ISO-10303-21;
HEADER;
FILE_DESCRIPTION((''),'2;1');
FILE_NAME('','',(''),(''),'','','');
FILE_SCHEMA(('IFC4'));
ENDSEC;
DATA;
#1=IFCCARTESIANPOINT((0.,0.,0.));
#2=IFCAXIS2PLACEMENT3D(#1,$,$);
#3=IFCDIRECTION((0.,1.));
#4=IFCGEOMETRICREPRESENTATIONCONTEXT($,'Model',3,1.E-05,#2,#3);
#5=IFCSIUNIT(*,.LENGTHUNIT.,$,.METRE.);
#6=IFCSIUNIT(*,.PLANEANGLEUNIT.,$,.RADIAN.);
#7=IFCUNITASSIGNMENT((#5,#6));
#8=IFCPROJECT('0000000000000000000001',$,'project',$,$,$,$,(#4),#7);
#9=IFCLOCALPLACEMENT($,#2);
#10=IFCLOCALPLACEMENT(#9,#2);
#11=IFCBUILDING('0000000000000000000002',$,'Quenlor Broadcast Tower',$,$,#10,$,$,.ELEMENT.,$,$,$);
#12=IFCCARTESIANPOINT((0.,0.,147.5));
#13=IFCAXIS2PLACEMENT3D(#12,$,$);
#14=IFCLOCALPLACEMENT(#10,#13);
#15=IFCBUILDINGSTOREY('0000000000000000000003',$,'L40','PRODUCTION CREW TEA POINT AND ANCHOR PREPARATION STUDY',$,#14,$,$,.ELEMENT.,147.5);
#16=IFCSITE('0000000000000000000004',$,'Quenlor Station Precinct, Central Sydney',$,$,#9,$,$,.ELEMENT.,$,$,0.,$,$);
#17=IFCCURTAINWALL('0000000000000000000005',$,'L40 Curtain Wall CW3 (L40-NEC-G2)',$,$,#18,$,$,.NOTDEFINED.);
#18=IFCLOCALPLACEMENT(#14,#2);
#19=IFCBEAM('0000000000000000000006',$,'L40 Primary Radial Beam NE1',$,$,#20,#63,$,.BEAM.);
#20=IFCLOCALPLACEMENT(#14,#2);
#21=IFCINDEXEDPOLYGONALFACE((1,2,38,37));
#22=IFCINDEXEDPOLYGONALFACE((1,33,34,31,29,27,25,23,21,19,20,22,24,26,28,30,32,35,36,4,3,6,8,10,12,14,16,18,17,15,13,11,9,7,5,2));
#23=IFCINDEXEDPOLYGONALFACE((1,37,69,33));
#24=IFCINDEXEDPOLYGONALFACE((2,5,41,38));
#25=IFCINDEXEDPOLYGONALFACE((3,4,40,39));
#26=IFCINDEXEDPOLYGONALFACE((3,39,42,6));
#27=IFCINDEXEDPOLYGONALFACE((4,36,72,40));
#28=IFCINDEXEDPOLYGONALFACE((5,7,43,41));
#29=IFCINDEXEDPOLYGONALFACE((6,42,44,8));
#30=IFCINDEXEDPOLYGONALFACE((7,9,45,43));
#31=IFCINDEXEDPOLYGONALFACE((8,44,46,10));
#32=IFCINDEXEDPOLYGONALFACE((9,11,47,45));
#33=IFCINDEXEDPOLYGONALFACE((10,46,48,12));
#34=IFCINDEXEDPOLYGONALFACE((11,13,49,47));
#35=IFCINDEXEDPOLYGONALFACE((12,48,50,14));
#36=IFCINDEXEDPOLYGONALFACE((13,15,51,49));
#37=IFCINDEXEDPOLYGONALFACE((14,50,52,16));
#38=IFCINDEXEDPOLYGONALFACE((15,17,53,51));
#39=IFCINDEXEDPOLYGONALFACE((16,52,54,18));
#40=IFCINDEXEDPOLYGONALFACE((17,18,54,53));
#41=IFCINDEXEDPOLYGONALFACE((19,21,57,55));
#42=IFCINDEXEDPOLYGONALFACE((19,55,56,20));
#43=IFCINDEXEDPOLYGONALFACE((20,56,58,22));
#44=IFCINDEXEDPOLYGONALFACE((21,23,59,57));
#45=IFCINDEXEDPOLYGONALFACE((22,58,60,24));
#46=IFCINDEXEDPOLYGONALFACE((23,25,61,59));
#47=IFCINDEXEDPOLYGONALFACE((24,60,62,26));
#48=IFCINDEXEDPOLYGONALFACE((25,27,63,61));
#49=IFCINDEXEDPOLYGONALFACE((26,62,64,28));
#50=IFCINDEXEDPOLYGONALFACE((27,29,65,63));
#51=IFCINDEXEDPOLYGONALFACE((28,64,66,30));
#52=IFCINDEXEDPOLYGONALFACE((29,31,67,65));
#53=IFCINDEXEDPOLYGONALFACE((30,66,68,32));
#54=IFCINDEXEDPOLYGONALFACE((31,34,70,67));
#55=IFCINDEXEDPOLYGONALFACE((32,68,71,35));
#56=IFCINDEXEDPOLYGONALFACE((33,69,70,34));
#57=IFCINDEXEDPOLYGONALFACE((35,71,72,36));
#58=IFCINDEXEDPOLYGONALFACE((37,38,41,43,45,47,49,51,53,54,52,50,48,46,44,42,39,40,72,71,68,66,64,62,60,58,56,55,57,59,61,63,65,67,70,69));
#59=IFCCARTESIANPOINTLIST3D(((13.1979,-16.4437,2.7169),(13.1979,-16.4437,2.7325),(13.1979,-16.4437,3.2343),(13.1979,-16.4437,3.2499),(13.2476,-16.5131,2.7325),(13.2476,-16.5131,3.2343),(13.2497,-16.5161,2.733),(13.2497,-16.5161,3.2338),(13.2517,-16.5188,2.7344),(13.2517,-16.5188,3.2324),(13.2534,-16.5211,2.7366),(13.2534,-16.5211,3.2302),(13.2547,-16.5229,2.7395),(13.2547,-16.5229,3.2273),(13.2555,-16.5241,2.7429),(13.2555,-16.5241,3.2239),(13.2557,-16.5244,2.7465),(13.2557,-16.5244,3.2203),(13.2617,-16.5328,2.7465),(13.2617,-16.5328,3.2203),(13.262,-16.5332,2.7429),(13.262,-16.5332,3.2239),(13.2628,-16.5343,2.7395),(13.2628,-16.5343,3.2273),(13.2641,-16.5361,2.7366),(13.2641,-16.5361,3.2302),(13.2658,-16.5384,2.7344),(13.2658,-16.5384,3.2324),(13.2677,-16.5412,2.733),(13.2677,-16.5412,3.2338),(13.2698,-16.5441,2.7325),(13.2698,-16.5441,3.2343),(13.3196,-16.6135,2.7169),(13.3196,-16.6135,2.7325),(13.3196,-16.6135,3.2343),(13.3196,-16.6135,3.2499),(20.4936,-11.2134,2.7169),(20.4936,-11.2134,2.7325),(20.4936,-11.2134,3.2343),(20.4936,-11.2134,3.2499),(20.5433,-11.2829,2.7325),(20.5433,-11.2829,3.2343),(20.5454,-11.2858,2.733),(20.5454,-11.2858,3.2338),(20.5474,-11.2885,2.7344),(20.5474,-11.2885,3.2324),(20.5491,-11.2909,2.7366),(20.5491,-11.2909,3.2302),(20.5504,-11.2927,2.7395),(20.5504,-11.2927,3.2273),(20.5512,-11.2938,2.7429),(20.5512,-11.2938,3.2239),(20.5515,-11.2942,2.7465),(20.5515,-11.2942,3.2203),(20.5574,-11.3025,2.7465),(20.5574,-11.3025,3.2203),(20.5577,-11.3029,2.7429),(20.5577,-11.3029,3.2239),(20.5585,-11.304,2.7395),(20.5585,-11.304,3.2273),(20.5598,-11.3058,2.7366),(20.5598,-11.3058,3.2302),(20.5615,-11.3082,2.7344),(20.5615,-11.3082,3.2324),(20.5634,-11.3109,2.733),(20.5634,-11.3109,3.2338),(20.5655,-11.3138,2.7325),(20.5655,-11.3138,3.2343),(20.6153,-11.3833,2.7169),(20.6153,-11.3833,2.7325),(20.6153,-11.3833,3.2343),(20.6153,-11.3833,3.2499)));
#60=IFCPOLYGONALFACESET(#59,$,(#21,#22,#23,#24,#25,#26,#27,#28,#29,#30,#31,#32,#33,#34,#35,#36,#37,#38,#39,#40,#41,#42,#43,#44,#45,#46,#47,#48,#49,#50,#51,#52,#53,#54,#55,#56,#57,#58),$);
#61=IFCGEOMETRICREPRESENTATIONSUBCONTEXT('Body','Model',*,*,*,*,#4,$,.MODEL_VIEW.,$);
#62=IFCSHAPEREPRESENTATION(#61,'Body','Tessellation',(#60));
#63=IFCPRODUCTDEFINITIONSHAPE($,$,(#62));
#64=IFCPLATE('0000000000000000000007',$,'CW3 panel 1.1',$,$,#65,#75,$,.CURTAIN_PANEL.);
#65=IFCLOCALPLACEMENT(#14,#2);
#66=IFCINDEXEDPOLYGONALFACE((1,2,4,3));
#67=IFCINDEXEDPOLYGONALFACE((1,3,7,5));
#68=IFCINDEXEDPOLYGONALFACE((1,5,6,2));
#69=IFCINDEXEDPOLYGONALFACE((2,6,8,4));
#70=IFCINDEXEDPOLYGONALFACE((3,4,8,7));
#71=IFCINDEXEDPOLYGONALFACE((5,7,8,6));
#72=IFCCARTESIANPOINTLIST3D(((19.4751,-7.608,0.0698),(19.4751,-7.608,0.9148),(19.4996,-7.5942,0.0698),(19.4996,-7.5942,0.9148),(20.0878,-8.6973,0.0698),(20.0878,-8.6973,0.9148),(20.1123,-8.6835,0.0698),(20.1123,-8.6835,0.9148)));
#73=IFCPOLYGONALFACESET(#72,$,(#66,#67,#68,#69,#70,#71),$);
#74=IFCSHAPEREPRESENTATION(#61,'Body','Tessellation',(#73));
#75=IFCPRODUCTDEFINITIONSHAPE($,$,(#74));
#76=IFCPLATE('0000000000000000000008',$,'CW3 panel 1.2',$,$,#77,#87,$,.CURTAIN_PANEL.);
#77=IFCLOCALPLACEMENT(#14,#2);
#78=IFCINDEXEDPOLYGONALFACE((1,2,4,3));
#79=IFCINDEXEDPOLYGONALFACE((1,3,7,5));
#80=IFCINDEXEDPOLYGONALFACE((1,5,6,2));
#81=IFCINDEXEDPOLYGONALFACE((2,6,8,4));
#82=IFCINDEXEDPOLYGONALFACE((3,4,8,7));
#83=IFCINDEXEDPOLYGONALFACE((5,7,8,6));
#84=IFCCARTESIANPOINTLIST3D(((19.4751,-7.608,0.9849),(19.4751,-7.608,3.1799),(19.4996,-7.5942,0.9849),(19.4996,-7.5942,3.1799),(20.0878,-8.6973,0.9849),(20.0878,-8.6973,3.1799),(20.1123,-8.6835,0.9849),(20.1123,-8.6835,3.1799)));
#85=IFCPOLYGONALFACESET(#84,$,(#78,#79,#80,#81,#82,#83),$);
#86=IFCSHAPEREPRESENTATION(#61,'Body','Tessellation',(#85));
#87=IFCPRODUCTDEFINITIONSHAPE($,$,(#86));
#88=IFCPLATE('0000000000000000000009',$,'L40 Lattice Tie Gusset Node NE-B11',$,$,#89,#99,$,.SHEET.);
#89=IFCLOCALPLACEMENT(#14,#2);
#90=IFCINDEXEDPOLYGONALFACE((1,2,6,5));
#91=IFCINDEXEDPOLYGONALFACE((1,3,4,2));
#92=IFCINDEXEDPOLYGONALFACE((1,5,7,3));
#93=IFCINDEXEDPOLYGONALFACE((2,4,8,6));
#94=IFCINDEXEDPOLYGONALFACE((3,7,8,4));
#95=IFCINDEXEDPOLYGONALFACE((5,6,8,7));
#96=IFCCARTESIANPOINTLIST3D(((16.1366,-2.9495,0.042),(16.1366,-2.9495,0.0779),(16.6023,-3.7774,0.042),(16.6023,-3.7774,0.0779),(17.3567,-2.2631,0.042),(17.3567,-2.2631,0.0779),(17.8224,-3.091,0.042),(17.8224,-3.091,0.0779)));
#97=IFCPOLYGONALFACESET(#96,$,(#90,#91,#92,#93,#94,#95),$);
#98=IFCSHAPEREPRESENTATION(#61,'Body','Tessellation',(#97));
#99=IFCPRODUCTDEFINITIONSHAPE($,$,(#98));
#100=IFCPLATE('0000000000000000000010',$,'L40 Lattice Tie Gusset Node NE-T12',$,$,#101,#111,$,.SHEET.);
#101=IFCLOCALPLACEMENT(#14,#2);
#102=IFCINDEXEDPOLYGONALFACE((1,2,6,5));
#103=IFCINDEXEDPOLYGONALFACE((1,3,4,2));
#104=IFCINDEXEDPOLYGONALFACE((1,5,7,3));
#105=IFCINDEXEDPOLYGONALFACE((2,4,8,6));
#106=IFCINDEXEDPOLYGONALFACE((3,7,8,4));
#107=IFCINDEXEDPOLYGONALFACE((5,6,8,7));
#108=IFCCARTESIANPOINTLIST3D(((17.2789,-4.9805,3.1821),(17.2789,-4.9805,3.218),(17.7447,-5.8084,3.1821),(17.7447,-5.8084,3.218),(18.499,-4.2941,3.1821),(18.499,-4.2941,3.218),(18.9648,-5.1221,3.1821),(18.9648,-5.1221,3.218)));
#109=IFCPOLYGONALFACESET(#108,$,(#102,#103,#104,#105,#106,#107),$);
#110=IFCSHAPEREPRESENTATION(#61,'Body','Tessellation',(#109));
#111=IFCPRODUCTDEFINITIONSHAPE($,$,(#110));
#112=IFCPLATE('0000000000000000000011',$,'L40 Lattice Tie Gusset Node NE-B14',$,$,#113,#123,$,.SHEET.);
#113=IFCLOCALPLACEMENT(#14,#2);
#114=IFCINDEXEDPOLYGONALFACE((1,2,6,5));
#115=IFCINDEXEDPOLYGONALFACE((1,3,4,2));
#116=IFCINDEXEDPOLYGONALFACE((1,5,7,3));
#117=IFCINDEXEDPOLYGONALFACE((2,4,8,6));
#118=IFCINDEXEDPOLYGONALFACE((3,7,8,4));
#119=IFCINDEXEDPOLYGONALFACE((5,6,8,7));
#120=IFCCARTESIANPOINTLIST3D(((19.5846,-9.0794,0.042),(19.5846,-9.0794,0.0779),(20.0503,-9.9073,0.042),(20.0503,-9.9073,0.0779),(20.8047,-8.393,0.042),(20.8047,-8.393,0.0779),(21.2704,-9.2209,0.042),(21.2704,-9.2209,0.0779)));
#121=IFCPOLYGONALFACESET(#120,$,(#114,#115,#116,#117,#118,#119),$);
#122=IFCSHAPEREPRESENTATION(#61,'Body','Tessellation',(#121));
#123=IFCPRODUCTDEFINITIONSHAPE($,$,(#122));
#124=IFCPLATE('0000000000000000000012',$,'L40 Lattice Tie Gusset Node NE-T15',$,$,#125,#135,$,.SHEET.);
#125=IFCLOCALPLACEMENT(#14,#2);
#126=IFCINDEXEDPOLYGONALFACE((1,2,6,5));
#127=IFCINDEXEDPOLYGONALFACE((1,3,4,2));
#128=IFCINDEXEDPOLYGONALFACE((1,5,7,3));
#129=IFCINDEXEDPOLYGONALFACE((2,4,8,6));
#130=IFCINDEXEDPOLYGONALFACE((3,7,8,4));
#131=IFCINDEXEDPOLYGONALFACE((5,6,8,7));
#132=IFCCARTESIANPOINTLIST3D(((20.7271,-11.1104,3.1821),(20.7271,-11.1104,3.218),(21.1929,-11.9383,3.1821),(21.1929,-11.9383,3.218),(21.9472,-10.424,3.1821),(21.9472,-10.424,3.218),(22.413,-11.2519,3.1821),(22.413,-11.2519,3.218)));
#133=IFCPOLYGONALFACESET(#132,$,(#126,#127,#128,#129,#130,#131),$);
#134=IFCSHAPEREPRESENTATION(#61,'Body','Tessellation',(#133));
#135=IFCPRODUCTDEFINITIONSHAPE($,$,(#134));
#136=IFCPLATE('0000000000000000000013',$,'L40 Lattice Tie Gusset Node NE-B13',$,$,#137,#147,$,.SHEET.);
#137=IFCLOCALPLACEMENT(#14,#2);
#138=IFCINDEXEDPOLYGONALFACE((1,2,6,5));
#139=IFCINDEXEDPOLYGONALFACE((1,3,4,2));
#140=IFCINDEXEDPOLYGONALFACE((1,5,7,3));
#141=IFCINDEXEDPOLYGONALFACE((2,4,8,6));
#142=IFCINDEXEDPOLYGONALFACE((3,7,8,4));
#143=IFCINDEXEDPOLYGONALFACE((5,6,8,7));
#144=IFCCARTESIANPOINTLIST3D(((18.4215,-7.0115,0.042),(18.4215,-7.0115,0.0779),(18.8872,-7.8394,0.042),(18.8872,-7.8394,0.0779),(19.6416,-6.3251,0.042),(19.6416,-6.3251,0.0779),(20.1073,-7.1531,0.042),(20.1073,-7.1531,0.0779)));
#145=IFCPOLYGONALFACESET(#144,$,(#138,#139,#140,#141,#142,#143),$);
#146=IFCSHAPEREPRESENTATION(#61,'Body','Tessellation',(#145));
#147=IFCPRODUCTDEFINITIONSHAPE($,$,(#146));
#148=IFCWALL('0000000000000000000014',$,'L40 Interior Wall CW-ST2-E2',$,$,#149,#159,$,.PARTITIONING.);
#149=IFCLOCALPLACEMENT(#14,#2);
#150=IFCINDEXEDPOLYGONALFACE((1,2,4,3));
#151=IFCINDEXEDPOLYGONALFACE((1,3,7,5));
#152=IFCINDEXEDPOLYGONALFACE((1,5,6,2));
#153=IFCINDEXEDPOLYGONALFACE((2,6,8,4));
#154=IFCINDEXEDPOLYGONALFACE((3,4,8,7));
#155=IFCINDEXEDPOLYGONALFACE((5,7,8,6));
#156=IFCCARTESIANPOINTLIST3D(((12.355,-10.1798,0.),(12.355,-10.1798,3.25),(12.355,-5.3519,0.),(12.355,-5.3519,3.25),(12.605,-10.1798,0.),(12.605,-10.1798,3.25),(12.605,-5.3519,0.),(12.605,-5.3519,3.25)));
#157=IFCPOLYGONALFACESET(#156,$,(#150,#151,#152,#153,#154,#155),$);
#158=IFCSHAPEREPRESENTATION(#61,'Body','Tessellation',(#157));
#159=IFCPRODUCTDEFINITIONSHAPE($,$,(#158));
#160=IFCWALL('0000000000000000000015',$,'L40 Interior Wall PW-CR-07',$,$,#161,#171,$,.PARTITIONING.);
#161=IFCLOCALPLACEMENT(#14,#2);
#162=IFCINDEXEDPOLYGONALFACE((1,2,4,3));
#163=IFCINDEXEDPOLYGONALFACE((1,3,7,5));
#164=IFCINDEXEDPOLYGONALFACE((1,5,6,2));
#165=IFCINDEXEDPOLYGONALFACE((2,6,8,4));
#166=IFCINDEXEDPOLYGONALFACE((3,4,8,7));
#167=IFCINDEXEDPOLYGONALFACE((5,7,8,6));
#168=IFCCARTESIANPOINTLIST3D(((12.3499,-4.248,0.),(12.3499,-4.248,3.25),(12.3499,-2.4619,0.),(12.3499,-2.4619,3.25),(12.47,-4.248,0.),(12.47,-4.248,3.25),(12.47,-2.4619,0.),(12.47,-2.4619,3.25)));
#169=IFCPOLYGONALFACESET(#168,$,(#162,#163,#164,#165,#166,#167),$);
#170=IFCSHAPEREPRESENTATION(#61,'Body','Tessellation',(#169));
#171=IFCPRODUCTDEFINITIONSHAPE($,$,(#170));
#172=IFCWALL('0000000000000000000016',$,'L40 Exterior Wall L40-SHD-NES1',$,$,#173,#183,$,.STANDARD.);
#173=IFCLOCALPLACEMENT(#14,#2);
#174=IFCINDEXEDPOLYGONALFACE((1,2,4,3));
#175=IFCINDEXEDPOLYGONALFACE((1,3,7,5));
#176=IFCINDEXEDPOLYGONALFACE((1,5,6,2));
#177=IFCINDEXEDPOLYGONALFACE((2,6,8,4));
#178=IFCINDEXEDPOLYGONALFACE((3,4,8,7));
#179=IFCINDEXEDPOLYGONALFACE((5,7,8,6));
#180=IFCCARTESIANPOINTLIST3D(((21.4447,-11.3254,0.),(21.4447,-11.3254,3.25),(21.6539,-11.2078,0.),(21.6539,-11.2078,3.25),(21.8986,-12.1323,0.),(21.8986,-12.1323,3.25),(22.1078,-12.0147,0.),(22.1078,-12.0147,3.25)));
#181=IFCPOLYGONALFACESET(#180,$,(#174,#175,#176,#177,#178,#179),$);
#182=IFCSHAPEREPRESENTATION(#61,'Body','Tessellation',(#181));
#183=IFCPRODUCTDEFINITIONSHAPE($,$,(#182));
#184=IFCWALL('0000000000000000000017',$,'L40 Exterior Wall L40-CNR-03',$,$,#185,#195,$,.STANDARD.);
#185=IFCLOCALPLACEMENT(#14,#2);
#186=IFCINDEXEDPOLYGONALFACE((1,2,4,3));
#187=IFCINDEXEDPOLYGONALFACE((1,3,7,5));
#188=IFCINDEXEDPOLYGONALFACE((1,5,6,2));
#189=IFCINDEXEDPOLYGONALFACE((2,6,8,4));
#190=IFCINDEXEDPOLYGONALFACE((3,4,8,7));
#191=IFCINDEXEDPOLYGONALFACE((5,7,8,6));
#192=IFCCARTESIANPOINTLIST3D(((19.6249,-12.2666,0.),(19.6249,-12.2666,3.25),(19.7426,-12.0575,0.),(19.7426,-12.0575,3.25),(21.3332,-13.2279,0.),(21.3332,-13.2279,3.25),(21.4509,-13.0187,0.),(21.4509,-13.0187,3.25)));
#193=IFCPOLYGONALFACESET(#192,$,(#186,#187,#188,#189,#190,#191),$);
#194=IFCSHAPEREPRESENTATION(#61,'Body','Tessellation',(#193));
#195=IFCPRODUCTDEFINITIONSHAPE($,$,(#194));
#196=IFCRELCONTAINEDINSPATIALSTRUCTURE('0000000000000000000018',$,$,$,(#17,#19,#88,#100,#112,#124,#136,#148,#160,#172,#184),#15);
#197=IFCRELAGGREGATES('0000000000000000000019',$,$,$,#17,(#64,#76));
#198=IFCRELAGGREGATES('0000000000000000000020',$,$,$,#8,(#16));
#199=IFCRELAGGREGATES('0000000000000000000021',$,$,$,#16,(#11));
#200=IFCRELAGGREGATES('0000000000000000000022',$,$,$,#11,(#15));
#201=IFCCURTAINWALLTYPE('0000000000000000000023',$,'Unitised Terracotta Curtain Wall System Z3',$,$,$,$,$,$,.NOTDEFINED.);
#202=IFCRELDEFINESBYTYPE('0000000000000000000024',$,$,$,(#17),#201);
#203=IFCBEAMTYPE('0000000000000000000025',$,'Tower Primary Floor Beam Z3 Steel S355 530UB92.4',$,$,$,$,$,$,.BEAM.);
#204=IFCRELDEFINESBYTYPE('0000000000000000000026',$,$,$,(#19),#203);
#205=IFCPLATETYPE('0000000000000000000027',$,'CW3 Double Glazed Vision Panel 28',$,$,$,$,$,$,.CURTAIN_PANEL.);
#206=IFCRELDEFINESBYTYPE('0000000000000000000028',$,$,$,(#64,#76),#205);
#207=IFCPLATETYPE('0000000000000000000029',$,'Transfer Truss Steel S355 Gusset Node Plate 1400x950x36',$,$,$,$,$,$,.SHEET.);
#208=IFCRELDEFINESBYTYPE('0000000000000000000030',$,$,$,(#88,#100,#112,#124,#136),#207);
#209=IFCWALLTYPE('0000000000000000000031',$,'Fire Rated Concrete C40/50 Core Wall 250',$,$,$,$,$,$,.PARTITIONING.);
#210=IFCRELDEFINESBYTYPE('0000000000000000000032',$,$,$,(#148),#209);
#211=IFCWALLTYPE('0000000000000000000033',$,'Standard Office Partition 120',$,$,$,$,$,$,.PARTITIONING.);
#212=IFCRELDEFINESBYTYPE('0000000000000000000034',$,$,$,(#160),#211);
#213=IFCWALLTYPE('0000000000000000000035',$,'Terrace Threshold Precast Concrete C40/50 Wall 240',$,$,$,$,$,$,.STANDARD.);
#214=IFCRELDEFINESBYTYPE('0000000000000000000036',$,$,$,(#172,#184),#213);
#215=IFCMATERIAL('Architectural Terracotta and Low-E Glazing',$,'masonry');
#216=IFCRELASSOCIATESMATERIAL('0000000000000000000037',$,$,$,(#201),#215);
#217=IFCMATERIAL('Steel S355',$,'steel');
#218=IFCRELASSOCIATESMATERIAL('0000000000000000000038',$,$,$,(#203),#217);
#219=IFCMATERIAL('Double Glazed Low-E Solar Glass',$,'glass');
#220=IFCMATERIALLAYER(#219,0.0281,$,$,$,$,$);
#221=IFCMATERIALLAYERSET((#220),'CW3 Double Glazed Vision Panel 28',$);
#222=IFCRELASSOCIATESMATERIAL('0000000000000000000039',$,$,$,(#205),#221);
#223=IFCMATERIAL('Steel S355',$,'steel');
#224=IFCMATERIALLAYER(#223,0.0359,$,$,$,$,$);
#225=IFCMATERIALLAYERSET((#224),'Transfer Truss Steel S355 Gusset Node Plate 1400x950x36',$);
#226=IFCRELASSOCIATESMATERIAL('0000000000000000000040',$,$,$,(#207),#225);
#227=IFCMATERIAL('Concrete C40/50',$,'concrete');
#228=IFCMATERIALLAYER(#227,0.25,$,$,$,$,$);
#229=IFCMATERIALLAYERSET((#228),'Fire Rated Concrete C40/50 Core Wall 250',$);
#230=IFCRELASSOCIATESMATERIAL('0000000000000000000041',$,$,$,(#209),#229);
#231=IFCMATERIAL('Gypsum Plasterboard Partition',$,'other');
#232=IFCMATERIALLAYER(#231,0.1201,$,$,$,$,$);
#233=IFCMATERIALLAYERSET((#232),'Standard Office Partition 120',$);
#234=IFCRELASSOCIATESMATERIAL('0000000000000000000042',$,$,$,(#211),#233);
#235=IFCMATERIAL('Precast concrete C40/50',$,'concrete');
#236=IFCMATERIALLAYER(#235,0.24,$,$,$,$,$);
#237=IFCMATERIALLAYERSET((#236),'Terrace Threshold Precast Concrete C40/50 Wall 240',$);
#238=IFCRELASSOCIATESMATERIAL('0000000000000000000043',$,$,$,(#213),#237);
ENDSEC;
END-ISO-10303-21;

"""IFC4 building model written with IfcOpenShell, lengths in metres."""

from ifc_helpers import new_model, si_unit, direction, frame, frame_2d, origin, origin_2d, place, context, subcontext, project, spatial, rectangle, i_section, extrude, material, layer, layer_set, material_profile, profile_set, type_object, element, aggregate, save


model = new_model("IFC4")

# Units and contexts
model_context = context("Model", 3, precision=1e-05, world=origin(), true_north=direction((0.0, 1.0)))
body_context = subcontext(model_context, "Body", "Model", "MODEL_VIEW")
ifc_project = project(units=[si_unit("LENGTHUNIT", "METRE"), si_unit("PLANEANGLEUNIT", "RADIAN")], contexts=[model_context])

# Site, building, storey
site_placement = place(None, origin())
site = spatial("IfcSite", under=ifc_project, at=site_placement, Name="Quenlor Station Precinct, Central Sydney", CompositionType="ELEMENT", RefElevation=0.0)
building_placement = place(site_placement, origin())
building = spatial("IfcBuilding", under=site, at=building_placement, Name="Quenlor Broadcast Tower", CompositionType="ELEMENT")
storey_placement = place(building_placement, frame((0.0, 0.0, 147.5)))
storey = spatial("IfcBuildingStorey", under=building, at=storey_placement, Name="L40", Description="PRODUCTION CREW TEA POINT AND ANCHOR PREPARATION STUDY", CompositionType="ELEMENT", Elevation=147.5)

# Shared definitions
ifc_material_1 = material(Name="Architectural Terracotta and Low-E Glazing", Category="masonry")
curtain_wall_type = type_object("IfcCurtainWallType", Name="Unitised Terracotta Curtain Wall System Z3", PredefinedType="NOTDEFINED", material=ifc_material_1)

# Curtain wall
curtain_wall_1_placement = place(storey_placement, origin())
curtain_wall_1 = element("IfcCurtainWall", 1, at=curtain_wall_1_placement, inside=storey, type_object=curtain_wall_type, Name="L40 Curtain Wall CW3 (L40-NEC-G2)", PredefinedType="NOTDEFINED")

# Beam
ifc_material_2 = material(Name="Steel S355", Category="steel")
ifc_material_profile_1 = material_profile(ifc_material_2, i_section(OverallWidth=0.209, OverallDepth=0.533, WebThickness=0.0103, FlangeThickness=0.0156, FilletRadius=0.0139, at=origin_2d()))
ifc_profile_set_1 = profile_set([ifc_material_profile_1], Name="Steel S355 530UB92.4")
beam_type_1 = type_object("IfcBeamType", Name="Tower Primary Floor Beam Z3 Steel S355 530UB92.4", PredefinedType="BEAM", material=ifc_profile_set_1)
beam_1_placement = place(storey_placement, frame((20.5544, -11.2983, 2.9834), z_axis=(-0.812729, -0.582642, 0.0), x_axis=(0.582642, -0.812729, 0.0)))
element("IfcBeam", 2, at=beam_1_placement, inside=storey, type_object=beam_type_1, Name="L40 Primary Radial Beam NE1", PredefinedType="BEAM", context=body_context, shape_type="SweptSolid", body=[
    extrude(i_section(OverallWidth=0.209, OverallDepth=0.533, WebThickness=0.0103, FlangeThickness=0.0156, FilletRadius=0.0139, at=origin_2d()), origin(), (0.0, 0.0, 1.0), 8.9768),
])

# Plates
ifc_material_3 = material(Name="Double Glazed Low-E Solar Glass", Category="glass")
ifc_layer_1 = layer(ifc_material_3, 0.0281)
ifc_layer_set_1 = layer_set([ifc_layer_1], Name="CW3 Double Glazed Vision Panel 28")
plate_type_1 = type_object("IfcPlateType", Name="CW3 Double Glazed Vision Panel 28", PredefinedType="CURTAIN_PANEL", material=ifc_layer_set_1)
plate_1_placement = place(storey_placement, frame((19.7937, -8.1458, 0.0698), z_axis=(0.0, 0.0, 1.0), x_axis=(0.490261, -0.871576, 0.0)))
plate_1 = element("IfcPlate", 3, at=plate_1_placement, type_object=plate_type_1, Name="CW3 panel 1.1", PredefinedType="CURTAIN_PANEL", context=body_context, shape_type="SweptSolid", body=[
    extrude(rectangle(XDim=1.2498, YDim=0.0281, at=origin_2d()), origin(), (0.0, 0.0, 1.0), 0.845),
])
plate_2_placement = place(storey_placement, frame((19.7937, -8.1458, 0.9849), z_axis=(0.0, 0.0, 1.0), x_axis=(0.490261, -0.871576, 0.0)))
plate_2 = element("IfcPlate", 4, at=plate_2_placement, type_object=plate_type_1, Name="CW3 panel 1.2", PredefinedType="CURTAIN_PANEL", context=body_context, shape_type="SweptSolid", body=[
    extrude(rectangle(XDim=1.2498, YDim=0.0281, at=origin_2d()), origin(), (0.0, 0.0, 1.0), 2.1951),
])
aggregate(curtain_wall_1, [plate_1, plate_2])

# Plates
ifc_material_4 = material(Name="Steel S355", Category="steel")
ifc_layer_2 = layer(ifc_material_4, 0.0359)
ifc_layer_set_2 = layer_set([ifc_layer_2], Name="Transfer Truss Steel S355 Gusset Node Plate 1400x950x36")
plate_type_2 = type_object("IfcPlateType", Name="Transfer Truss Steel S355 Gusset Node Plate 1400x950x36", PredefinedType="SHEET", material=ifc_layer_set_2)
for number, where, z_axis, x_axis, name in (
    (5, (16.9795, -3.0203, 0.042), (0.0, 0.0, 1.0), (0.871556, 0.490295, 0.0), "L40 Lattice Tie Gusset Node NE-B11"),
    (6, (18.1218, -5.0513, 3.1821), (0.0, 0.0, 1.0), (0.871556, 0.490295, 0.0), "L40 Lattice Tie Gusset Node NE-T12"),
    (7, (20.4275, -9.1501, 0.042), (0.0, 0.0, 1.0), (0.871556, 0.490295, 0.0), "L40 Lattice Tie Gusset Node NE-B14"),
    (8, (21.5701, -11.1812, 3.1821), (0.0, 0.0, 1.0), (0.871556, 0.490295, 0.0), "L40 Lattice Tie Gusset Node NE-T15"),
    (9, (19.2644, -7.0823, 0.042), (0.0, 0.0, 1.0), (0.871556, 0.490295, 0.0), "L40 Lattice Tie Gusset Node NE-B13"),
):
    element("IfcPlate", number, at=place(storey_placement, frame(where, z_axis=z_axis, x_axis=x_axis)), inside=storey, type_object=plate_type_2, Name=name, PredefinedType="SHEET", context=body_context, shape_type="SweptSolid", body=[
        extrude(rectangle(XDim=1.3999, YDim=0.95, at=origin_2d()), origin(), (0.0, 0.0, 1.0), 0.0359),
    ])

# Walls
ifc_material_5 = material(Name="Concrete C40/50", Category="concrete")
ifc_layer_3 = layer(ifc_material_5, 0.25)
ifc_layer_set_3 = layer_set([ifc_layer_3], Name="Fire Rated Concrete C40/50 Core Wall 250")
wall_type_1 = type_object("IfcWallType", Name="Fire Rated Concrete C40/50 Core Wall 250", PredefinedType="PARTITIONING", material=ifc_layer_set_3)
wall_1_placement = place(storey_placement, frame((12.48, -10.1799, 0.0), z_axis=(0.0, 0.0, 1.0), x_axis=(0.0, 1.0, 0.0)))
element("IfcWall", 10, at=wall_1_placement, inside=storey, type_object=wall_type_1, Name="L40 Interior Wall CW-ST2-E2", PredefinedType="PARTITIONING", context=body_context, shape_type="SweptSolid", body=[
    extrude(rectangle(XDim=4.8279, YDim=0.25, at=frame_2d((2.4141, 0.0))), origin(), (0.0, 0.0, 1.0), 3.25),
])
ifc_material_6 = material(Name="Gypsum Plasterboard Partition", Category="other")
ifc_layer_4 = layer(ifc_material_6, 0.1201)
ifc_layer_set_4 = layer_set([ifc_layer_4], Name="Standard Office Partition 120")
wall_type_2 = type_object("IfcWallType", Name="Standard Office Partition 120", PredefinedType="PARTITIONING", material=ifc_layer_set_4)
wall_2_placement = place(storey_placement, frame((12.4099, -2.4619, 0.0), z_axis=(0.0, 0.0, 1.0), x_axis=(0.0, -1.0, 0.0)))
element("IfcWall", 11, at=wall_2_placement, inside=storey, type_object=wall_type_2, Name="L40 Interior Wall PW-CR-07", PredefinedType="PARTITIONING", context=body_context, shape_type="SweptSolid", body=[
    extrude(rectangle(XDim=1.7861, YDim=0.1201, at=frame_2d((0.8931, 0.0))), origin(), (0.0, 0.0, 1.0), 3.25),
])
ifc_material_7 = material(Name="Precast concrete C40/50", Category="concrete")
ifc_layer_5 = layer(ifc_material_7, 0.24)
ifc_layer_set_5 = layer_set([ifc_layer_5], Name="Terrace Threshold Precast Concrete C40/50 Wall 240")
wall_type_3 = type_object("IfcWallType", Name="Terrace Threshold Precast Concrete C40/50 Wall 240", PredefinedType="STANDARD", material=ifc_layer_set_5)
wall_3_placement = place(storey_placement, frame((21.5493, -11.2666, 0.0), z_axis=(0.0, 0.0, 1.0), x_axis=(0.490249, -0.871583, 0.0)))
element("IfcWall", 12, at=wall_3_placement, inside=storey, type_object=wall_type_3, Name="L40 Exterior Wall L40-SHD-NES1", PredefinedType="STANDARD", context=body_context, shape_type="SweptSolid", body=[
    extrude(rectangle(XDim=0.9258, YDim=0.24, at=frame_2d((0.4629, 0.0))), origin(), (0.0, 0.0, 1.0), 3.25),
])
wall_4_placement = place(storey_placement, frame((19.6838, -12.1621, 0.0), z_axis=(0.0, 0.0, 1.0), x_axis=(0.871512, -0.490374, 0.0)))
element("IfcWall", 13, at=wall_4_placement, inside=storey, type_object=wall_type_3, Name="L40 Exterior Wall L40-CNR-03", PredefinedType="STANDARD", context=body_context, shape_type="SweptSolid", body=[
    extrude(rectangle(XDim=1.9602, YDim=0.24, at=frame_2d((0.98, 0.0))), origin(), (0.0, 0.0, 1.0), 3.25),
])

save(model, "model.ifc")
